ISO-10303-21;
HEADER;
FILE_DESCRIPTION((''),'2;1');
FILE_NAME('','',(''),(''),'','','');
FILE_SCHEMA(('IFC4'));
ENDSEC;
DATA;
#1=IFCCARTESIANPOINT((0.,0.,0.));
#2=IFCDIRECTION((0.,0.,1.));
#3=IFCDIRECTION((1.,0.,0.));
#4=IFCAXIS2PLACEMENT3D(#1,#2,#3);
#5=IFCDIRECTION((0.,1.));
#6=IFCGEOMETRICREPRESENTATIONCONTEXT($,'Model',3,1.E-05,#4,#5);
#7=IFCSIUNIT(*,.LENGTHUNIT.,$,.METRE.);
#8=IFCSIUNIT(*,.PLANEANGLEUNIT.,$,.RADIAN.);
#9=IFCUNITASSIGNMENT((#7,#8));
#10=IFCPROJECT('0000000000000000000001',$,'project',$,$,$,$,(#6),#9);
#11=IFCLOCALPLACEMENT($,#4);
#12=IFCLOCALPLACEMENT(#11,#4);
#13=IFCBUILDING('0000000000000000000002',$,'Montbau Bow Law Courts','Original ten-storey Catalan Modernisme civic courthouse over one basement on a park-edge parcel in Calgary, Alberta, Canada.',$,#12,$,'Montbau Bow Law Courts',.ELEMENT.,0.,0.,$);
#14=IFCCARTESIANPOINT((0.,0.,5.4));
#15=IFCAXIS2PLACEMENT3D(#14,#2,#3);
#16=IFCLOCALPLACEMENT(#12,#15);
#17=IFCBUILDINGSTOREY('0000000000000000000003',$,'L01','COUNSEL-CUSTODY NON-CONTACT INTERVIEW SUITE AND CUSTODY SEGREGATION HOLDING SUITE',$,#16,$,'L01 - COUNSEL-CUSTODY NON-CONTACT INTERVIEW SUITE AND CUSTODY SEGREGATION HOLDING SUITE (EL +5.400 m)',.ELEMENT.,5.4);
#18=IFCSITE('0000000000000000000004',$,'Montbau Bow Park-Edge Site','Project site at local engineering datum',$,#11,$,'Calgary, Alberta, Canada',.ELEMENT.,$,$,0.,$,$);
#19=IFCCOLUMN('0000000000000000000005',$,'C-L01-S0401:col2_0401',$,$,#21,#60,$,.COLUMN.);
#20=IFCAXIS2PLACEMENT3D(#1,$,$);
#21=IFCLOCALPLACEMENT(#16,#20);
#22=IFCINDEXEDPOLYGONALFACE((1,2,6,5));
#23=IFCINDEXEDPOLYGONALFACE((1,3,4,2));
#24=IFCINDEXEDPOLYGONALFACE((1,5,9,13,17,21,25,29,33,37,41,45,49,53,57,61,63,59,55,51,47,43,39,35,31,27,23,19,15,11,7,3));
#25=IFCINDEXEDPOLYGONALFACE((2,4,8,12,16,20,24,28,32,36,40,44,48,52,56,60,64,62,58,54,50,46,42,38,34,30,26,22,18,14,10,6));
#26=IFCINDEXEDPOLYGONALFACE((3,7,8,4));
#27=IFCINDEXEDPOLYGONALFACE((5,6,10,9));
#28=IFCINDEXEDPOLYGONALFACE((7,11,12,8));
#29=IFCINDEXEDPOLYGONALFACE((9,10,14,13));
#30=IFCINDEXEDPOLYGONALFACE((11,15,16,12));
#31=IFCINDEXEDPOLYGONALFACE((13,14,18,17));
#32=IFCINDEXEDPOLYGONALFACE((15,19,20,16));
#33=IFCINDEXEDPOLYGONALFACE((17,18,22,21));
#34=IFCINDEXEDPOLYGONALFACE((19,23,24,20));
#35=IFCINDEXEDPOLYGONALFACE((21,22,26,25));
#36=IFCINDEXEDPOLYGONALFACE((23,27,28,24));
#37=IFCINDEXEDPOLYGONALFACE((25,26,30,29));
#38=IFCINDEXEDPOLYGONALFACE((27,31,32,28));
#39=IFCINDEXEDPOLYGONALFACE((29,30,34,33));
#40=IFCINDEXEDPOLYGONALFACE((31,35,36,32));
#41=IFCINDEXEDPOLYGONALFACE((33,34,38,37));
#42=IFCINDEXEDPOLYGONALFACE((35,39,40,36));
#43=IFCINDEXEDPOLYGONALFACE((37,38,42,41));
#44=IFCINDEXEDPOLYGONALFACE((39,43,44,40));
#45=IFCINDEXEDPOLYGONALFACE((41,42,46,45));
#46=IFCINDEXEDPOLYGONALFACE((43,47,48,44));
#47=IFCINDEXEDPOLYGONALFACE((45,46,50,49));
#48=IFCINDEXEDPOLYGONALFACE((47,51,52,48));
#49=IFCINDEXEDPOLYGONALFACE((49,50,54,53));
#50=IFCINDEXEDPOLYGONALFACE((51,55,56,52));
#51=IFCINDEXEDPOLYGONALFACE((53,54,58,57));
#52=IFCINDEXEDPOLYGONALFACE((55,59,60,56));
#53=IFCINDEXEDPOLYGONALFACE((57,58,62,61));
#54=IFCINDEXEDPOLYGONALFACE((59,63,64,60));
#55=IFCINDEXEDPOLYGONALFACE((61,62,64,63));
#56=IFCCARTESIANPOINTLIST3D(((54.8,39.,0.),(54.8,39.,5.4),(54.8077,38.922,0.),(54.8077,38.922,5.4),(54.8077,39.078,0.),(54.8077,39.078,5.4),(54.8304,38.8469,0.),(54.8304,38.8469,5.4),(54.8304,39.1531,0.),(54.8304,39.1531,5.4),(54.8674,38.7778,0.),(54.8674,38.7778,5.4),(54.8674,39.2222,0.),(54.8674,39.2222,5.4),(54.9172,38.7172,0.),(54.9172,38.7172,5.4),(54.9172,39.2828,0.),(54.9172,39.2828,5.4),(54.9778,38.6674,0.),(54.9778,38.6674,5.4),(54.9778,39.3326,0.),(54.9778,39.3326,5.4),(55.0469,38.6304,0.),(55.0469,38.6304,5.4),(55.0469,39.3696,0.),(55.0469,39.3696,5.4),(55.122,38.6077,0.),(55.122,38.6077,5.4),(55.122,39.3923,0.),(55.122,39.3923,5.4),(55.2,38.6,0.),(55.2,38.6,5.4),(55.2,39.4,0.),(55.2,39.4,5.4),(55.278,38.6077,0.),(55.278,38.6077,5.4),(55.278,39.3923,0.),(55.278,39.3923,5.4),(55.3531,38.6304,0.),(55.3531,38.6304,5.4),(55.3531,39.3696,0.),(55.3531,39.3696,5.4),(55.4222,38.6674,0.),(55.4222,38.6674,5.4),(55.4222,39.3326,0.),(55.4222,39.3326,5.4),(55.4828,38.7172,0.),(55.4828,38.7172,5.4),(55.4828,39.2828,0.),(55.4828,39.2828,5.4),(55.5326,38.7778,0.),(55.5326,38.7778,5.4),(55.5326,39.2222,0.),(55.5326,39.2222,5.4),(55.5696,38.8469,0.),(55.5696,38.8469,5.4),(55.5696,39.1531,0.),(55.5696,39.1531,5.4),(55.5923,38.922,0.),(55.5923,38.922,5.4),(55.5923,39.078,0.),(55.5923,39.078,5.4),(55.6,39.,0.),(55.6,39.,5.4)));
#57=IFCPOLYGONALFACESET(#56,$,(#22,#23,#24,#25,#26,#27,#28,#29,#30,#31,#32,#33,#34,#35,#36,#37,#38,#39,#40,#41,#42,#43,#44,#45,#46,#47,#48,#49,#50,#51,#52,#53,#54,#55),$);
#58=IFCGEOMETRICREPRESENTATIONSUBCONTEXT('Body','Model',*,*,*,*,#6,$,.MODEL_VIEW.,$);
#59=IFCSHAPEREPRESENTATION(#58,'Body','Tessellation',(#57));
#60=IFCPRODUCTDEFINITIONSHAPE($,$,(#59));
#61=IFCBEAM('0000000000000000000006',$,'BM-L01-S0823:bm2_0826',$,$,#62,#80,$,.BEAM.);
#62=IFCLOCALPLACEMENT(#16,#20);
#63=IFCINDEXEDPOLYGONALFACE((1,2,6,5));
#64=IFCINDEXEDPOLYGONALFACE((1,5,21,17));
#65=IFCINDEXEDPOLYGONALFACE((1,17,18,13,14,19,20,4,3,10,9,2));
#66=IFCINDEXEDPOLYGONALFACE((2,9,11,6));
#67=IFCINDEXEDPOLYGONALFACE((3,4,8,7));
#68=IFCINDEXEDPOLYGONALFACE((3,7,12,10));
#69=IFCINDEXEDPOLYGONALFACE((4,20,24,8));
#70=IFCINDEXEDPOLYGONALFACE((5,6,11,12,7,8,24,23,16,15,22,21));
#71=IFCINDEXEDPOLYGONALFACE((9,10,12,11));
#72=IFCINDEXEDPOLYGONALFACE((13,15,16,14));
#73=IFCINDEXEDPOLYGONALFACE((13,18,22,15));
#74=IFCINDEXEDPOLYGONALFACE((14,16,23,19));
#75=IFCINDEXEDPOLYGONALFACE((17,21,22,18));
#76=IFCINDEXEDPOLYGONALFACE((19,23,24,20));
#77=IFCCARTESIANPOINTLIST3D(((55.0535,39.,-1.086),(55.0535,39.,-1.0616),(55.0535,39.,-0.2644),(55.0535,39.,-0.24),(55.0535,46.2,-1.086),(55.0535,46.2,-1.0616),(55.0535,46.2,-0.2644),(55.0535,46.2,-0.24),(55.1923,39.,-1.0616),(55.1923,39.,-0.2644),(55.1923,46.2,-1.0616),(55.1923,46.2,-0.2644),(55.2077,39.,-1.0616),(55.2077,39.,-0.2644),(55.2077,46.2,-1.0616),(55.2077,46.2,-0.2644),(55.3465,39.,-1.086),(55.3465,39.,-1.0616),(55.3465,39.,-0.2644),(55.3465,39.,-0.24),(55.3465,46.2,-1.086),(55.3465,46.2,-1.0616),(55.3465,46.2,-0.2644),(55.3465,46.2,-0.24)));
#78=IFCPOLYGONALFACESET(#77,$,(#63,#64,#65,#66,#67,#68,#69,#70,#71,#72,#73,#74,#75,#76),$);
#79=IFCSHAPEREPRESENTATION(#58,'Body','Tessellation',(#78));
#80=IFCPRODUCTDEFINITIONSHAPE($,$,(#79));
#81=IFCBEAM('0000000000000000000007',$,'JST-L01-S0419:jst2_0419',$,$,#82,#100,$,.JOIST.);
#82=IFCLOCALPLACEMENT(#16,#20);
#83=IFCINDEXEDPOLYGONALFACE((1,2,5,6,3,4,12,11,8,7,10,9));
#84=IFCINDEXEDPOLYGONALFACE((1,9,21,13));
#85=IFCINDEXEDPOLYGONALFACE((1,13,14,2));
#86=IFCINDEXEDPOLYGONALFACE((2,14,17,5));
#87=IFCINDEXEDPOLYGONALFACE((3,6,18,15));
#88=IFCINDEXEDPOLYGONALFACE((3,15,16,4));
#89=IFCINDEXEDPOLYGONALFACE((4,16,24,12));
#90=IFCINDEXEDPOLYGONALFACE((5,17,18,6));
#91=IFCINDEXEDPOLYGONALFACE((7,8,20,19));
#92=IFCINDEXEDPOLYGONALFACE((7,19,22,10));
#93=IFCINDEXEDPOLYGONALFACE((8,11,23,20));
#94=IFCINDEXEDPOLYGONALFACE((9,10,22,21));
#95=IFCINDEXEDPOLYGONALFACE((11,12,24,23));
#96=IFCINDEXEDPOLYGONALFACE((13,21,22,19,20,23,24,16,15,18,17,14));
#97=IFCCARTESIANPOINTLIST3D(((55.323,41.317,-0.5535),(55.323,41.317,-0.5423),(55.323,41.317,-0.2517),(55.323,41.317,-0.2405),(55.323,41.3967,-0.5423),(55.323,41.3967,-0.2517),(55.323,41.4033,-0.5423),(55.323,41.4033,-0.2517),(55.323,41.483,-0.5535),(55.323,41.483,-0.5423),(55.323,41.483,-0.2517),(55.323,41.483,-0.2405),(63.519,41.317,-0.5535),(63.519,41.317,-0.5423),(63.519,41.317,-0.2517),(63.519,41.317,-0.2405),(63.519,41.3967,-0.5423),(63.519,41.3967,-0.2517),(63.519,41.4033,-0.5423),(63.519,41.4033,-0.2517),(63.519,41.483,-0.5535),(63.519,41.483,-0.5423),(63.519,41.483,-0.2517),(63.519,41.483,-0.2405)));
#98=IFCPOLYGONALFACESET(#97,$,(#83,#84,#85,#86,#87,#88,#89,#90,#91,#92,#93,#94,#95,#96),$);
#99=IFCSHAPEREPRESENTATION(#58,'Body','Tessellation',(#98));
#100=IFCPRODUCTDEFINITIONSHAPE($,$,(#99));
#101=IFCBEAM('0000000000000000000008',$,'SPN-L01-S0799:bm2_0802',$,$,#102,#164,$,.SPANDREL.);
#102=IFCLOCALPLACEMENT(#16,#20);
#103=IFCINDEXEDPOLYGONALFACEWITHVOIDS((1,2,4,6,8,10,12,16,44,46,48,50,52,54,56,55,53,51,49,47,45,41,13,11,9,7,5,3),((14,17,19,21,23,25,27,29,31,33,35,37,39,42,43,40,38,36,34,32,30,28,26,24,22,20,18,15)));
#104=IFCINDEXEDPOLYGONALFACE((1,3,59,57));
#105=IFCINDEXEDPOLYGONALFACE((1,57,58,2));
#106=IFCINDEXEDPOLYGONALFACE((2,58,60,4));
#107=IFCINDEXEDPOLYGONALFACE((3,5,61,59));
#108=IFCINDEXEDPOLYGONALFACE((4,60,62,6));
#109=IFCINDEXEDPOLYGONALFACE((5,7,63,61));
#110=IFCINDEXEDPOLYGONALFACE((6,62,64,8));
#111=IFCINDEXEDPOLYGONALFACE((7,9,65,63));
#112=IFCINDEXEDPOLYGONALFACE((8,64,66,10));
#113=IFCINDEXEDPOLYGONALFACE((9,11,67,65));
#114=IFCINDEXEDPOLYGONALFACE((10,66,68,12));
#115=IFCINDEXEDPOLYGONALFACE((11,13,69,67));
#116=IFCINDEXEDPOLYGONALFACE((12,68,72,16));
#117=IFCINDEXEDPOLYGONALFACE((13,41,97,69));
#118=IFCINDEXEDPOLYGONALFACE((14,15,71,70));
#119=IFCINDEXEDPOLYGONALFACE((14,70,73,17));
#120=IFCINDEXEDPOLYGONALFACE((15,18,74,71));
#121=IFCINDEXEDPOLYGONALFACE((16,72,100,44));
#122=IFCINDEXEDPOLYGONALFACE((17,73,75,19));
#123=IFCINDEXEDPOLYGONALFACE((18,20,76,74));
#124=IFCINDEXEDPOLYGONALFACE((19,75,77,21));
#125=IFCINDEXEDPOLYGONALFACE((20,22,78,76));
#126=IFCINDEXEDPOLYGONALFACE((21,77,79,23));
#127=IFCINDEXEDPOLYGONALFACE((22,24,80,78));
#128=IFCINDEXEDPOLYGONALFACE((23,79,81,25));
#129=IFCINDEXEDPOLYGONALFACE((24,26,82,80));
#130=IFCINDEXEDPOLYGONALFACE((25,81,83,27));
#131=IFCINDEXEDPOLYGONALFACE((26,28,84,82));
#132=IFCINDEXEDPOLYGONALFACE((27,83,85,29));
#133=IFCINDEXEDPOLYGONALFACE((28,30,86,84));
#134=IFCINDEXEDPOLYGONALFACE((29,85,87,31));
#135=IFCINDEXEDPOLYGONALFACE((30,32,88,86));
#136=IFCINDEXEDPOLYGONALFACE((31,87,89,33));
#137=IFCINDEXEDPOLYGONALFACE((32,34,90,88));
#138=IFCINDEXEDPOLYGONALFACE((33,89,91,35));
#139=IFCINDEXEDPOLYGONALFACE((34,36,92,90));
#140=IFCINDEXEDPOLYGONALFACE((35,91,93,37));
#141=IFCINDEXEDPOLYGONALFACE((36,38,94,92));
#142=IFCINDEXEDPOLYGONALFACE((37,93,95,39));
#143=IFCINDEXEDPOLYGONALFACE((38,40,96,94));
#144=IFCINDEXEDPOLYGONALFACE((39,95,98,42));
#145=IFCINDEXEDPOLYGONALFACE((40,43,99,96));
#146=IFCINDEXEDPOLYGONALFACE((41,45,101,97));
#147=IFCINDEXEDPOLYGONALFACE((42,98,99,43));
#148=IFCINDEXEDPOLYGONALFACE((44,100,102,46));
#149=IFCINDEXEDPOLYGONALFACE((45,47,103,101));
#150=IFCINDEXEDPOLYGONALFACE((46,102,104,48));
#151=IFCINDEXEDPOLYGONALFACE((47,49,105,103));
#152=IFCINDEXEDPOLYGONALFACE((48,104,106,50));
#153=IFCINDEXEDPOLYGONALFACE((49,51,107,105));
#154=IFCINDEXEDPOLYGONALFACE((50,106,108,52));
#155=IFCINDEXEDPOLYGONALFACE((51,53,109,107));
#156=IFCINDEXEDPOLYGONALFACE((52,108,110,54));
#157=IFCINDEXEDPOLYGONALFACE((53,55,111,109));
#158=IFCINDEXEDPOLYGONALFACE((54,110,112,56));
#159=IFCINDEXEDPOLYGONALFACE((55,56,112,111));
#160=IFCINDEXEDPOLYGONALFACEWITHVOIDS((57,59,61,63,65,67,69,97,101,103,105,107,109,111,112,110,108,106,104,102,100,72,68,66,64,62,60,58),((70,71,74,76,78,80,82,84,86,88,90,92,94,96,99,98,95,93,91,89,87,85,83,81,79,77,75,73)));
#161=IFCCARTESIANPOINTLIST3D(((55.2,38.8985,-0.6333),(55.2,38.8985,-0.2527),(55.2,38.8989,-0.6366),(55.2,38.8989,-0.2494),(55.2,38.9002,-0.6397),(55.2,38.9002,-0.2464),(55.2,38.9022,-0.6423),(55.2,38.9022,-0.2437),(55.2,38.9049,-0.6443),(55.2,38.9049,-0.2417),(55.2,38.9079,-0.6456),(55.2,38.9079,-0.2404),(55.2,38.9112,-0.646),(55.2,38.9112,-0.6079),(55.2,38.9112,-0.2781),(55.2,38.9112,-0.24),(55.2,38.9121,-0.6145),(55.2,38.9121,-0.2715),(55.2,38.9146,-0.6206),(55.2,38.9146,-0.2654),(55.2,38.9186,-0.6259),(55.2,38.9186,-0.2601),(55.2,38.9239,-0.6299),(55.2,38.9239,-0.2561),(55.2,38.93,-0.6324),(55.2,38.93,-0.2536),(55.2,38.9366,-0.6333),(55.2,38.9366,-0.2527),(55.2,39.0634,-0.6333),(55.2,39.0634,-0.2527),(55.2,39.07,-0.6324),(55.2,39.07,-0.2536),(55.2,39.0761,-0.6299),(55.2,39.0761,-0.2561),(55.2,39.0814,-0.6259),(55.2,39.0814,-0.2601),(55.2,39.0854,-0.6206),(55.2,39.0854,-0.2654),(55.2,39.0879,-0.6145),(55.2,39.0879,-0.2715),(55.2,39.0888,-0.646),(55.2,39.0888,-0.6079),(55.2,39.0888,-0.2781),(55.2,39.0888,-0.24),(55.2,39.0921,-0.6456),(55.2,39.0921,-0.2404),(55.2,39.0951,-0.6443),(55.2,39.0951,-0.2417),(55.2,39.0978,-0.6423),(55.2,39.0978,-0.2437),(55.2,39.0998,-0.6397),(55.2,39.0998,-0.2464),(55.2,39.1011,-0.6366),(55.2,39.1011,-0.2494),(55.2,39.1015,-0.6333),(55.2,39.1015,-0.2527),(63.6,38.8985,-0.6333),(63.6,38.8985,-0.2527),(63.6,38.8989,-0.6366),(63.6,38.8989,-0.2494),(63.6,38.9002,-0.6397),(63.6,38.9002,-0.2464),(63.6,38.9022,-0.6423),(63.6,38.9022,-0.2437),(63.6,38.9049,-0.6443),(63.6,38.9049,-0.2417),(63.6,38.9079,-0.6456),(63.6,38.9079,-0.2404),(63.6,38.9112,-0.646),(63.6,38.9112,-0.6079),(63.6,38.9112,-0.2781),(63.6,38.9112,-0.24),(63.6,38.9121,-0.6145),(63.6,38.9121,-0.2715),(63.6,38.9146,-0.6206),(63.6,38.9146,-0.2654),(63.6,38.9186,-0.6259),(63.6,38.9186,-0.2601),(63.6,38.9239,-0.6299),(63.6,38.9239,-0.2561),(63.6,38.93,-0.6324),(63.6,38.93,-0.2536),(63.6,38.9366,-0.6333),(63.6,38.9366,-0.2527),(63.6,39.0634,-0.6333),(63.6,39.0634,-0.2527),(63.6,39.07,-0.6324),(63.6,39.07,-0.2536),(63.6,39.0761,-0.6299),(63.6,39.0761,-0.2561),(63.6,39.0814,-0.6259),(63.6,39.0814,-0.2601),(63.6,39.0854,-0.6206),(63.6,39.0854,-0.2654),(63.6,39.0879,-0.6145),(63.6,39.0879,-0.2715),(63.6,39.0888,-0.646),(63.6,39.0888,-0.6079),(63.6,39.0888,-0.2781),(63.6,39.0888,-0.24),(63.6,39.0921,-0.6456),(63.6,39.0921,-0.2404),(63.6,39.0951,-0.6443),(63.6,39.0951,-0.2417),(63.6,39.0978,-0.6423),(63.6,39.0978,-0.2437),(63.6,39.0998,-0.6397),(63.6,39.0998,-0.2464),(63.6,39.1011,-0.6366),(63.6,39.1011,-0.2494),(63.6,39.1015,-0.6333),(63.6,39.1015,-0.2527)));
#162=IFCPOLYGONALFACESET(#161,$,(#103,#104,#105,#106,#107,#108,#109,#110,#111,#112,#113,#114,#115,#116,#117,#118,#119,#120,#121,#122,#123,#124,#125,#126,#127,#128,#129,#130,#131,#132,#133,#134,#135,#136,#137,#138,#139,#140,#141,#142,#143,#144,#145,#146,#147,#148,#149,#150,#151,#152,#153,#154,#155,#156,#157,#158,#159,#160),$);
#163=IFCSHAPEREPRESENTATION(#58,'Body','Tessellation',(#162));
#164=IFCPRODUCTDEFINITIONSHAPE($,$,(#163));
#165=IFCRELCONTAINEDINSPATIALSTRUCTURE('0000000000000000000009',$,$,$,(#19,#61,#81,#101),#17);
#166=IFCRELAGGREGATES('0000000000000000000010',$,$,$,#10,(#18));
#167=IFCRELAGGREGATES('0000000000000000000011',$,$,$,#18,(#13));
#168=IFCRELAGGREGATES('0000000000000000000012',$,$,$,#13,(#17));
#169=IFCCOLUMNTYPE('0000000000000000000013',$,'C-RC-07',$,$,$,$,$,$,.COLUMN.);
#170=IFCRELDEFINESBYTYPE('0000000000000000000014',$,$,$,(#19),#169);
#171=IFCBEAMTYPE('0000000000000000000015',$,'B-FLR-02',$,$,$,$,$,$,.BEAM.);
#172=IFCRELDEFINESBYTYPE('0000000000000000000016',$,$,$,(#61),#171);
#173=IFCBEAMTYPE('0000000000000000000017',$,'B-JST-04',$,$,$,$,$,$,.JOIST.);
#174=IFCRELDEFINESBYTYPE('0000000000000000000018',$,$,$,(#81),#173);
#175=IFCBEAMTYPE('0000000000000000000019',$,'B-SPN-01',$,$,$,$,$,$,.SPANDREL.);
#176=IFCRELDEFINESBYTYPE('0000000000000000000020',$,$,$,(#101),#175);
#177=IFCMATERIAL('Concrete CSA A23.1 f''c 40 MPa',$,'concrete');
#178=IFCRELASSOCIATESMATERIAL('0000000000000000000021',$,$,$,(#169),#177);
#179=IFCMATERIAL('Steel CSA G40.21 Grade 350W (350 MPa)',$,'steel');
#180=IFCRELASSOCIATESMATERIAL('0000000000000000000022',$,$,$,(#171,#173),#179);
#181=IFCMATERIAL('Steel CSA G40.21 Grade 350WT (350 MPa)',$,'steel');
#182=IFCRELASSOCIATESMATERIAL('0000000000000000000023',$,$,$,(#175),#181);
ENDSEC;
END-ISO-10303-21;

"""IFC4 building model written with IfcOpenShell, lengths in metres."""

from ifc_helpers import new_model, si_unit, direction, frame, origin_with_axes, origin_2d_with_axis, place, context, subcontext, project, spatial, hollow_rectangle, circle, i_section, extrude, material, material_profile, profile_set, type_object, element, save


model = new_model("IFC4")

# Units and contexts
model_context = context("Model", 3, precision=1e-05, world=origin_with_axes(), true_north=direction((0.0, 1.0)))
body_context = subcontext(model_context, "Body", "Model", "MODEL_VIEW")
ifc_project = project(units=[si_unit("LENGTHUNIT", "METRE"), si_unit("PLANEANGLEUNIT", "RADIAN")], contexts=[model_context])

# Site, building, storey
site_placement = place(None, origin_with_axes())
site = spatial("IfcSite", under=ifc_project, at=site_placement, Name="Montbau Bow Park-Edge Site", Description="Project site at local engineering datum", LongName="Calgary, Alberta, Canada", CompositionType="ELEMENT", RefElevation=0.0)
building_placement = place(site_placement, origin_with_axes())
building = spatial("IfcBuilding", under=site, at=building_placement, Name="Montbau Bow Law Courts", Description="Original ten-storey Catalan Modernisme civic courthouse over one basement on a park-edge parcel in Calgary, Alberta, Canada.", LongName="Montbau Bow Law Courts", CompositionType="ELEMENT", ElevationOfRefHeight=0.0, ElevationOfTerrain=0.0)
storey_placement = place(building_placement, frame((0.0, 0.0, 5.4), z_axis=(0.0, 0.0, 1.0), x_axis=(1.0, 0.0, 0.0)))
storey = spatial("IfcBuildingStorey", under=building, at=storey_placement, Name="L01", Description="COUNSEL-CUSTODY NON-CONTACT INTERVIEW SUITE AND CUSTODY SEGREGATION HOLDING SUITE", LongName="L01 - COUNSEL-CUSTODY NON-CONTACT INTERVIEW SUITE AND CUSTODY SEGREGATION HOLDING SUITE (EL +5.400 m)", CompositionType="ELEMENT", Elevation=5.4)

# Column
ifc_material_1 = material(Name="Concrete CSA A23.1 f'c 40 MPa", Category="concrete")
ifc_material_profile_1 = material_profile(ifc_material_1, circle(Radius=0.4, at=origin_2d_with_axis()), Name="RC800D", Category="Main", Priority=0)
ifc_profile_set_1 = profile_set([ifc_material_profile_1], Name="Concrete CSA A23.1 f'c 40 MPa")
column_type = type_object("IfcColumnType", Name="C-RC-07", PredefinedType="COLUMN", material=ifc_profile_set_1)
column_placement = place(None, frame((55.2, 39.0, 5.4), z_axis=(0.0, 0.0, 1.0), x_axis=(1.0, 0.0, 0.0)))
element("IfcColumn", 1, at=column_placement, inside=storey, type_object=column_type, Name="C-L01-S0401:col2_0401", PredefinedType="COLUMN", context=body_context, shape_type="SweptSolid", body=[
    extrude(circle(Radius=0.4, at=origin_2d_with_axis()), origin_with_axes(), (0.0, 0.0, 1.0), 5.4),
])

# Beams
ifc_material_2 = material(Name="Steel CSA G40.21 Grade 350W (350 MPa)", Category="steel")
ifc_material_profile_2 = material_profile(ifc_material_2, i_section(OverallWidth=0.293, OverallDepth=0.846, WebThickness=0.0154, FlangeThickness=0.0244, at=origin_2d_with_axis()), Name="W840X210", Category="Main", Priority=0)
ifc_profile_set_2 = profile_set([ifc_material_profile_2], Name="Steel CSA G40.21 Grade 350W (350 MPa)")
beam_type_1 = type_object("IfcBeamType", Name="B-FLR-02", PredefinedType="BEAM", material=ifc_profile_set_2)
beam_1_placement = place(None, frame((55.2, 39.0, 4.737), z_axis=(0.0, 1.0, 0.0), x_axis=(-1.0, 0.0, 0.0)))
element("IfcBeam", 2, at=beam_1_placement, inside=storey, type_object=beam_type_1, Name="BM-L01-S0823:bm2_0826", PredefinedType="BEAM", context=body_context, shape_type="SweptSolid", body=[
    extrude(i_section(OverallWidth=0.293, OverallDepth=0.846, WebThickness=0.0154, FlangeThickness=0.0244, at=origin_2d_with_axis()), origin_with_axes(), (0.0, 0.0, 1.0), 7.2),
])
ifc_material_profile_3 = material_profile(ifc_material_2, i_section(OverallWidth=0.166, OverallDepth=0.313, WebThickness=0.0066, FlangeThickness=0.0112, at=origin_2d_with_axis()), Name="W310X45", Category="Main", Priority=0)
ifc_profile_set_3 = profile_set([ifc_material_profile_3], Name="Steel CSA G40.21 Grade 350W (350 MPa)")
beam_type_2 = type_object("IfcBeamType", Name="B-JST-04", PredefinedType="JOIST", material=ifc_profile_set_3)
beam_2_placement = place(None, frame((55.323, 41.4, 5.003), z_axis=(1.0, 0.0, 0.0), x_axis=(0.0, 1.0, 0.0)))
element("IfcBeam", 3, at=beam_2_placement, inside=storey, type_object=beam_type_2, Name="JST-L01-S0419:jst2_0419", PredefinedType="JOIST", context=body_context, shape_type="SweptSolid", body=[
    extrude(i_section(OverallWidth=0.166, OverallDepth=0.313, WebThickness=0.0066, FlangeThickness=0.0112, at=origin_2d_with_axis()), origin_with_axes(), (0.0, 0.0, 1.0), 8.196),
])
ifc_material_3 = material(Name="Steel CSA G40.21 Grade 350WT (350 MPa)", Category="steel")
ifc_material_profile_4 = material_profile(ifc_material_3, hollow_rectangle(XDim=0.203, YDim=0.406, WallThickness=0.0127, InnerFilletRadius=0.0254, OuterFilletRadius=0.0127, at=origin_2d_with_axis()), Name="HSS406X203X13", Category="Main", Priority=0)
ifc_profile_set_4 = profile_set([ifc_material_profile_4], Name="Steel CSA G40.21 Grade 350WT (350 MPa)")
beam_type_3 = type_object("IfcBeamType", Name="B-SPN-01", PredefinedType="SPANDREL", material=ifc_profile_set_4)
beam_3_placement = place(None, frame((55.2, 39.0, 4.957), z_axis=(1.0, 0.0, 0.0), x_axis=(0.0, 1.0, 0.0)))
element("IfcBeam", 4, at=beam_3_placement, inside=storey, type_object=beam_type_3, Name="SPN-L01-S0799:bm2_0802", PredefinedType="SPANDREL", context=body_context, shape_type="SweptSolid", body=[
    extrude(hollow_rectangle(XDim=0.203, YDim=0.406, WallThickness=0.0127, InnerFilletRadius=0.0254, OuterFilletRadius=0.0127, at=origin_2d_with_axis()), origin_with_axes(), (0.0, 0.0, 1.0), 8.4),
])

save(model, "model.ifc")
